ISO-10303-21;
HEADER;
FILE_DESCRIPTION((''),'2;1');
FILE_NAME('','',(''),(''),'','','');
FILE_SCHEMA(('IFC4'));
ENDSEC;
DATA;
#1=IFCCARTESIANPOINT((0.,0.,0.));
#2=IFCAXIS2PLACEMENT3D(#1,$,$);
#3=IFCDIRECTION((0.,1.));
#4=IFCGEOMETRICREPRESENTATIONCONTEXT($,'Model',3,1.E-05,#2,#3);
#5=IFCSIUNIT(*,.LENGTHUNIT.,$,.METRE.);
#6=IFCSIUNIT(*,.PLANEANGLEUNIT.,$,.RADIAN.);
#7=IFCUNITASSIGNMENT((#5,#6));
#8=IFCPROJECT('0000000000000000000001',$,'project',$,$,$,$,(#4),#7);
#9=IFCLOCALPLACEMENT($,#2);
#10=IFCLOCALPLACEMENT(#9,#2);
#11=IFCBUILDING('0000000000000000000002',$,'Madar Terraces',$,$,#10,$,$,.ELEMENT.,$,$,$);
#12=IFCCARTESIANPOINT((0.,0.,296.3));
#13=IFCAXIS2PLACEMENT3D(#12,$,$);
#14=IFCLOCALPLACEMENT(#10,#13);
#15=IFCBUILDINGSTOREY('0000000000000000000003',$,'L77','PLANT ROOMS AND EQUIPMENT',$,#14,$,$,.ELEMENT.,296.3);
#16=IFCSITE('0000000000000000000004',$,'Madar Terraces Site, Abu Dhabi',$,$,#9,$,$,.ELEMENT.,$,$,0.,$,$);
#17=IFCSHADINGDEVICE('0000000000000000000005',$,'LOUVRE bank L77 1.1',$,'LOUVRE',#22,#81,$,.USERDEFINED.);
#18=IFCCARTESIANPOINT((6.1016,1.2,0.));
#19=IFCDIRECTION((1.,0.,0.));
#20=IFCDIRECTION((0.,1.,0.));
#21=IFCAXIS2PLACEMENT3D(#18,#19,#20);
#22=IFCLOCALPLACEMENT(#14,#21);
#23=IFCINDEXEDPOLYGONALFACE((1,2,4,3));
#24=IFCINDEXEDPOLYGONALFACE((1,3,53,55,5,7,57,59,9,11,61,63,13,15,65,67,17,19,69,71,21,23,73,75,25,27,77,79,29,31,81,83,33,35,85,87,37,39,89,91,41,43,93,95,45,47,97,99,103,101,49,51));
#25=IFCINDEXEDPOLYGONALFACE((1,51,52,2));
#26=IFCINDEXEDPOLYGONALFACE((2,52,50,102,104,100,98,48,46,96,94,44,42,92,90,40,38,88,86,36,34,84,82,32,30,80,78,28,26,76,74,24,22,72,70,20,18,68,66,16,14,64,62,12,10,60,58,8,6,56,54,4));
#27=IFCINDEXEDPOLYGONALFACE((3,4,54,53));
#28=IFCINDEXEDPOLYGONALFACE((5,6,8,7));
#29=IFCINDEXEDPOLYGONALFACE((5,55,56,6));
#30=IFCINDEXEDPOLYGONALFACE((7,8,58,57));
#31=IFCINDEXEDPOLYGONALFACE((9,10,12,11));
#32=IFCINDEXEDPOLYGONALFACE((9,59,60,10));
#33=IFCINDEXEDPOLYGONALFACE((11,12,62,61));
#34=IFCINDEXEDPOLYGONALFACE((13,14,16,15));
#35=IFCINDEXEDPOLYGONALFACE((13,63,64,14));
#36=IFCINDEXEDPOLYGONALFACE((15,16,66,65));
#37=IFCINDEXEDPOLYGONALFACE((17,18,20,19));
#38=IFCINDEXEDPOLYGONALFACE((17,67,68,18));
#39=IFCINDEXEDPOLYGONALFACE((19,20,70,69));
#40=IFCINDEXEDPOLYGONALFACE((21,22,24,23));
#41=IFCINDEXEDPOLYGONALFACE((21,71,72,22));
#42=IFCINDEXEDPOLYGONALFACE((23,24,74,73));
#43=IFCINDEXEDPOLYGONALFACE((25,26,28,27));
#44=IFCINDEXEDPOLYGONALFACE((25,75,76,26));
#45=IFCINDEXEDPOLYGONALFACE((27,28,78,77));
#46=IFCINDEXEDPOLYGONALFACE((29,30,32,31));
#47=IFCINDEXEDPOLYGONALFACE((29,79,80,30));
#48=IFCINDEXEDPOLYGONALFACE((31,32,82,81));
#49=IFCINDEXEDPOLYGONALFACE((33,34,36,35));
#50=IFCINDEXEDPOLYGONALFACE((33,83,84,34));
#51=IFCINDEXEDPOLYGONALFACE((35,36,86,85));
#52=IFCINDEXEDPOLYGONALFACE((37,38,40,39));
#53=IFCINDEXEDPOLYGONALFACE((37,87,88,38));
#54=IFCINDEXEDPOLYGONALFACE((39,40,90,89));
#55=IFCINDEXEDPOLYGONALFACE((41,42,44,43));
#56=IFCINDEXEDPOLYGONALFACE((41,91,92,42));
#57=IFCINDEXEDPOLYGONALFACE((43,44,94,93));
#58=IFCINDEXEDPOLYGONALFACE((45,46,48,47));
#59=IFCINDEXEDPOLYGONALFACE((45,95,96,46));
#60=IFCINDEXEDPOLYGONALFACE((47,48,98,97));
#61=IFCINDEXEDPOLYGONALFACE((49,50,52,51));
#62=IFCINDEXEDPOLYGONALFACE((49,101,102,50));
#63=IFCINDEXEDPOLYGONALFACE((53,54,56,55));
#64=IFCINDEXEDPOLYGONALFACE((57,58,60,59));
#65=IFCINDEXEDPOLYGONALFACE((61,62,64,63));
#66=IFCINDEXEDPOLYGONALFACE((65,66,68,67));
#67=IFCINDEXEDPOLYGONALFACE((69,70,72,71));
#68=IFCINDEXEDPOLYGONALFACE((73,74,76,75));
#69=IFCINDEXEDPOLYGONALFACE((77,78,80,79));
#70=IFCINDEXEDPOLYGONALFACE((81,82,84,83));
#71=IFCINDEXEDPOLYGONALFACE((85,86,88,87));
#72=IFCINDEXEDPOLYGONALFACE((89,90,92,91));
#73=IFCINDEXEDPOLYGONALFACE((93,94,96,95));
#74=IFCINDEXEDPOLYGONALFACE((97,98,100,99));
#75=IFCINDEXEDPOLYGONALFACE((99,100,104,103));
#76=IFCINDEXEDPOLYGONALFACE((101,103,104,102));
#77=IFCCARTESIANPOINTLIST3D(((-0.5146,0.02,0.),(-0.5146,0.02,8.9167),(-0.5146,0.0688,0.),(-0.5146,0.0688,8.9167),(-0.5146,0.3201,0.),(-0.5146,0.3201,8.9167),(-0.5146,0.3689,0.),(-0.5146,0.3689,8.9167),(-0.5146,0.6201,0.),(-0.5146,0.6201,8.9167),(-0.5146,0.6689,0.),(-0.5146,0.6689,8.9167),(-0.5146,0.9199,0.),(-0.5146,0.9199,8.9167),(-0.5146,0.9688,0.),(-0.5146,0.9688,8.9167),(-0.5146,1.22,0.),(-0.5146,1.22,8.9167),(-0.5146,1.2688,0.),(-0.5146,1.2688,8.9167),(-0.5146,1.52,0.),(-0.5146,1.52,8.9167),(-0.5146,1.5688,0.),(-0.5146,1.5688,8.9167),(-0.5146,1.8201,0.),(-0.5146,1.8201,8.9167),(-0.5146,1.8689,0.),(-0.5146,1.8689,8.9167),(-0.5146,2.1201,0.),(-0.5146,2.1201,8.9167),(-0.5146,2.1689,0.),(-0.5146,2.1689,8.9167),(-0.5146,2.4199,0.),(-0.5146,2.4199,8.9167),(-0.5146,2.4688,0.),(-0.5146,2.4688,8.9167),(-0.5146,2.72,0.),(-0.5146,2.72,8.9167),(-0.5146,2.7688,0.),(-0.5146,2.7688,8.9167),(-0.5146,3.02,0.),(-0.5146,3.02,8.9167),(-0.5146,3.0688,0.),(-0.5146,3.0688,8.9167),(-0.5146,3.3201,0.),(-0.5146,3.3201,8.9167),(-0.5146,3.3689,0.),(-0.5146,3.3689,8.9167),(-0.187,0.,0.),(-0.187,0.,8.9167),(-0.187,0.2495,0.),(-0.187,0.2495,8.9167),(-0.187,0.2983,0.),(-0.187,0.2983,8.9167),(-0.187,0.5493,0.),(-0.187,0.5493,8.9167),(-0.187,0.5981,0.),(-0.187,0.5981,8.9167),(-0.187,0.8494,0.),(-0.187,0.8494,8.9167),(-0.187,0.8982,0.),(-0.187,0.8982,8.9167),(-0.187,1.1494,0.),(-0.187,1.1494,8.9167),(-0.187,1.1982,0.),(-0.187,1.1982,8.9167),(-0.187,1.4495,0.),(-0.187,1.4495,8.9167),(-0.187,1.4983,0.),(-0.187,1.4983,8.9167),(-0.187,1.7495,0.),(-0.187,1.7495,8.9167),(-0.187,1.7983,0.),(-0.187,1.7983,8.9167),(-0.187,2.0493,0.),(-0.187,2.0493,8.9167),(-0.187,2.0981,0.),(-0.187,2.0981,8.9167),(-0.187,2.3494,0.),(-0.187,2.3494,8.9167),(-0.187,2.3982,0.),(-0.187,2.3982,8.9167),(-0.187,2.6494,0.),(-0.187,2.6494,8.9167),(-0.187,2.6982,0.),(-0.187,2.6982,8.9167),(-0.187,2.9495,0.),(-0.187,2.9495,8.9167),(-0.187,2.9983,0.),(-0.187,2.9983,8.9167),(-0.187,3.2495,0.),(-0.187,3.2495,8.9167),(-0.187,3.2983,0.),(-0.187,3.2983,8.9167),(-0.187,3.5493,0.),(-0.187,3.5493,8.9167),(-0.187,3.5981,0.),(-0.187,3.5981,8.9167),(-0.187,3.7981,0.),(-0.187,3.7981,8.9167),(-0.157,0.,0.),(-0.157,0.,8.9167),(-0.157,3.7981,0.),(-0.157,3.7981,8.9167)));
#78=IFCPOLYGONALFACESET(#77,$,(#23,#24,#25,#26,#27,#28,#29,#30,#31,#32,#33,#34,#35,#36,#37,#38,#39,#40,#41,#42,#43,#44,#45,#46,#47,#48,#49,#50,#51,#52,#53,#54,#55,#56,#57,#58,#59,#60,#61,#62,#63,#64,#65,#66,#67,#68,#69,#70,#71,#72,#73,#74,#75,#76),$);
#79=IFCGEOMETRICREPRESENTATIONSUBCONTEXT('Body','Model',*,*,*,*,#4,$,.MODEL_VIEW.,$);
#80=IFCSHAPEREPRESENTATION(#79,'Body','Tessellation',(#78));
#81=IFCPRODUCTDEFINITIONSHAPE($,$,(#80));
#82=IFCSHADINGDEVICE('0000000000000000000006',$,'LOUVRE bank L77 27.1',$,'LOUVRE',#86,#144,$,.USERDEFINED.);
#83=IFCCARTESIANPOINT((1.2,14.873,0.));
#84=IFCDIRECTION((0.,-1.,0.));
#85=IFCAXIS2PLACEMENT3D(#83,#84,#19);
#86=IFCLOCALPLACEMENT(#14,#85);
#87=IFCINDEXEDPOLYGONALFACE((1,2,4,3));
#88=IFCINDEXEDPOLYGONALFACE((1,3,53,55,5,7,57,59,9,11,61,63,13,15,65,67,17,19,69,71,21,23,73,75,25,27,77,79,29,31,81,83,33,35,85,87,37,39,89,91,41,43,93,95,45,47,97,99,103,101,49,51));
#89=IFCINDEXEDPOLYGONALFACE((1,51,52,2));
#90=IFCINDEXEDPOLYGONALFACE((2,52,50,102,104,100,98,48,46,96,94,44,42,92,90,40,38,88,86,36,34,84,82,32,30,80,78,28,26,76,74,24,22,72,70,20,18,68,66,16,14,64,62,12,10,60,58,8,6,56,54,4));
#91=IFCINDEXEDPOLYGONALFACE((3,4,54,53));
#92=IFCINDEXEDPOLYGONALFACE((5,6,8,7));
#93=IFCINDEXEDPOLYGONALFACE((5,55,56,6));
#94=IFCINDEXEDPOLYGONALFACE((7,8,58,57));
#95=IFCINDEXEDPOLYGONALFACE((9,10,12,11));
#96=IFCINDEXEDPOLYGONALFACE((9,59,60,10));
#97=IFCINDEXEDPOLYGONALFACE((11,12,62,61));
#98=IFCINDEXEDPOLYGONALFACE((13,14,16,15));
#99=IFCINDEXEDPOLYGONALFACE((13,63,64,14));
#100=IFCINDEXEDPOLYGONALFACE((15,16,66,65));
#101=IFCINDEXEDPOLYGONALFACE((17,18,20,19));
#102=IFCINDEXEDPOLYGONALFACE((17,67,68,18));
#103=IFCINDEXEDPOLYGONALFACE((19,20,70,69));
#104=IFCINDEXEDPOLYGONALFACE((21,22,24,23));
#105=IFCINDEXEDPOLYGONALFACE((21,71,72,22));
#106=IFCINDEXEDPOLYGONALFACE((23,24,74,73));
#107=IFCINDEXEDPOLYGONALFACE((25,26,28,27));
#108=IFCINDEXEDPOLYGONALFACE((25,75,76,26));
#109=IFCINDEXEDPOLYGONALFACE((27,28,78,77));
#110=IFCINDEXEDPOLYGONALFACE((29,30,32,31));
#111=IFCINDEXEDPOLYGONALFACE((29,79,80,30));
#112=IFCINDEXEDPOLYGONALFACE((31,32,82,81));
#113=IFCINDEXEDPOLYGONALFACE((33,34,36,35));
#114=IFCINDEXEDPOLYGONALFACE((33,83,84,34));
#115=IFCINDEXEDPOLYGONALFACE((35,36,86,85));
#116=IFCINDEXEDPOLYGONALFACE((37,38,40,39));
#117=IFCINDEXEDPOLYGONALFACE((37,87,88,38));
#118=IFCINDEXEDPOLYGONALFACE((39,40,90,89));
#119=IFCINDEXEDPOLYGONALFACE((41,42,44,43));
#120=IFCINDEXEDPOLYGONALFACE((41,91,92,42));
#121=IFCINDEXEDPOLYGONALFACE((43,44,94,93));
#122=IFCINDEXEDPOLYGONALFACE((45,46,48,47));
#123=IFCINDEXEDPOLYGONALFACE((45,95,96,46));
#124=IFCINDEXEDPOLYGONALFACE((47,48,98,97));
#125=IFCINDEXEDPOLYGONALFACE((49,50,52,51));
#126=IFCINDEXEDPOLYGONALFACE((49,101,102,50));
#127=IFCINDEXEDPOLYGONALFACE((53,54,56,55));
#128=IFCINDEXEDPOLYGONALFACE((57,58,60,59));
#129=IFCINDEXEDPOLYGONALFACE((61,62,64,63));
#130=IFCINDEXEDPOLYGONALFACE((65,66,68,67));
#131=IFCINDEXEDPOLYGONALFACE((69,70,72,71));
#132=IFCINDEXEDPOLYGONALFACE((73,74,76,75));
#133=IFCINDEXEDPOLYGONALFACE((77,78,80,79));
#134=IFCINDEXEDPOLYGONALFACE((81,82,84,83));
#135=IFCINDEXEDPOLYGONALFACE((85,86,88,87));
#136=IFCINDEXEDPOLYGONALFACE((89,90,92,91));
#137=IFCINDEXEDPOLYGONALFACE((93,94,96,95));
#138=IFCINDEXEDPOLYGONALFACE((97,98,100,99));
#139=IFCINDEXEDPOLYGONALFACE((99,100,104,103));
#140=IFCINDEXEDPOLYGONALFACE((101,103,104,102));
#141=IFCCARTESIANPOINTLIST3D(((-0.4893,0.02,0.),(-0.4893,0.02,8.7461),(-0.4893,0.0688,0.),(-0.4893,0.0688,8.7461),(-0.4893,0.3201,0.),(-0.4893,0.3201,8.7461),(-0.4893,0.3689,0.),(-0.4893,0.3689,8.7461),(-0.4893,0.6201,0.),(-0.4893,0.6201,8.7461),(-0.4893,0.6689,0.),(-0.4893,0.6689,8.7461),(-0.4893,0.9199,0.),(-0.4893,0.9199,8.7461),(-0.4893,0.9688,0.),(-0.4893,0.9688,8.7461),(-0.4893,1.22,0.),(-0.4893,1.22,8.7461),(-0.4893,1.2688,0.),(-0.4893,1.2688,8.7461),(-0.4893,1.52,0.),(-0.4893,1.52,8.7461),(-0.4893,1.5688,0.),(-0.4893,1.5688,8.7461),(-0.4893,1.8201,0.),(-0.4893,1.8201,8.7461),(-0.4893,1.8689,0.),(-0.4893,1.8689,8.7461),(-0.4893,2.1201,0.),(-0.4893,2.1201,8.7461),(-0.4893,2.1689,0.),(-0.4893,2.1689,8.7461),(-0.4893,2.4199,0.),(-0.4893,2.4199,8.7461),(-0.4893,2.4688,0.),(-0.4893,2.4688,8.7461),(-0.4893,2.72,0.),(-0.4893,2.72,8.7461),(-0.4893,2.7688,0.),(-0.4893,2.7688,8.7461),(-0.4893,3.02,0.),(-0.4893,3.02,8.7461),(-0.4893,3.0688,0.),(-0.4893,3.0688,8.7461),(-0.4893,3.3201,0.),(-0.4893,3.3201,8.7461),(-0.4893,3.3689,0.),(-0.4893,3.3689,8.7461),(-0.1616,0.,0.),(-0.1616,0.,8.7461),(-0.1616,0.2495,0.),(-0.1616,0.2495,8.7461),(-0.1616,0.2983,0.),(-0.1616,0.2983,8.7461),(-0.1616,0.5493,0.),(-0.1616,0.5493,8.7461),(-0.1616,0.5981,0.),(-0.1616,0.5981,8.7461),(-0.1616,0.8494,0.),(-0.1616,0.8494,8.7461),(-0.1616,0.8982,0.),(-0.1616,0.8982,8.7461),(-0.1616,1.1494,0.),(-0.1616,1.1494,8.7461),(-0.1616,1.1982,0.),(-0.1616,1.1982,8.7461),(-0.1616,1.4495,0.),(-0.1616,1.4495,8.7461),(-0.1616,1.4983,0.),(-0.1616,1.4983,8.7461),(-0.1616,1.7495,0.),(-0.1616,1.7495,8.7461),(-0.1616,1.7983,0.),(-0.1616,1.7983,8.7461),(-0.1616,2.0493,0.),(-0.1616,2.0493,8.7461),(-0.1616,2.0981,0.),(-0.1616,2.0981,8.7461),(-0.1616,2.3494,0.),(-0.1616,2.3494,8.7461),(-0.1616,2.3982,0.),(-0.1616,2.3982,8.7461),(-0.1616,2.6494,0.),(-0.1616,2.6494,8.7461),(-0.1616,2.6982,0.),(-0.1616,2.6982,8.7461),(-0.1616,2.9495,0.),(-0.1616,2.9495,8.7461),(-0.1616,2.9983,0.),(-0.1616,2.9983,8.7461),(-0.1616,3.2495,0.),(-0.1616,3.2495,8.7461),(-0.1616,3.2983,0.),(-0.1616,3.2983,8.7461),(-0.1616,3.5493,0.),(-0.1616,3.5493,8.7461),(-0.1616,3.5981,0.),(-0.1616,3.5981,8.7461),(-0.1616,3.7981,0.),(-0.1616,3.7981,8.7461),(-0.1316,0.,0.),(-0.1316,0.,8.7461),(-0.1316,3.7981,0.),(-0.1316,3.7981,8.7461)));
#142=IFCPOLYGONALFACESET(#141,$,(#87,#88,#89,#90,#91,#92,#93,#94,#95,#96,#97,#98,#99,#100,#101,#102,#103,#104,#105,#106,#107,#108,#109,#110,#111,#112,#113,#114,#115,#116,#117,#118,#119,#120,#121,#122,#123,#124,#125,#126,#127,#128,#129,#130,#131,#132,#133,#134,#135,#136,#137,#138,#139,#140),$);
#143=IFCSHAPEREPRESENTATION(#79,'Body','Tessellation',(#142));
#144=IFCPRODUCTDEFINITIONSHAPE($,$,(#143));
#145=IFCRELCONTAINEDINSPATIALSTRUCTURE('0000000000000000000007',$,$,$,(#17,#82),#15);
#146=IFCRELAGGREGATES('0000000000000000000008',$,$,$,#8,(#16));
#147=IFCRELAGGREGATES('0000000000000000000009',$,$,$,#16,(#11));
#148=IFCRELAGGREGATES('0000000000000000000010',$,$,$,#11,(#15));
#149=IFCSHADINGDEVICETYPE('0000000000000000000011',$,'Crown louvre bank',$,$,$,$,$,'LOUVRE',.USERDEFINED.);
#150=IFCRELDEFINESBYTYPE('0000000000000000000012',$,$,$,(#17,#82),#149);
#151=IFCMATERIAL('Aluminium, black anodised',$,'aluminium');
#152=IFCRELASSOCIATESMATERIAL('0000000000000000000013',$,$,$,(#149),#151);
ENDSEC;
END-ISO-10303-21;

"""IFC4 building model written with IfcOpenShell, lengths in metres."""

from ifc_helpers import new_model, si_unit, direction, frame, origin, place, context, subcontext, project, spatial, polyline, outline, extrude, material, type_object, element, save


model = new_model("IFC4")

# Units and contexts
model_context = context("Model", 3, precision=1e-05, world=origin(), true_north=direction((0.0, 1.0)))
body_context = subcontext(model_context, "Body", "Model", "MODEL_VIEW")
ifc_project = project(units=[si_unit("LENGTHUNIT", "METRE"), si_unit("PLANEANGLEUNIT", "RADIAN")], contexts=[model_context])

# Site, building, storey
site_placement = place(None, origin())
site = spatial("IfcSite", under=ifc_project, at=site_placement, Name="Madar Terraces Site, Abu Dhabi", CompositionType="ELEMENT", RefElevation=0.0)
building_placement = place(site_placement, origin())
building = spatial("IfcBuilding", under=site, at=building_placement, Name="Madar Terraces", CompositionType="ELEMENT")
storey_placement = place(building_placement, frame((0.0, 0.0, 296.3)))
storey = spatial("IfcBuildingStorey", under=building, at=storey_placement, Name="L77", Description="PLANT ROOMS AND EQUIPMENT", CompositionType="ELEMENT", Elevation=296.3)

# Shading devices
ifc_material_1 = material(Name="Aluminium, black anodised", Category="aluminium")
shading_device_type = type_object("IfcShadingDeviceType", Name="Crown louvre bank", ElementType="LOUVRE", PredefinedType="USERDEFINED", material=ifc_material_1)
shading_device_1_placement = place(storey_placement, frame((6.1016, 1.2, 0.0), z_axis=(1.0, 0.0, 0.0), x_axis=(0.0, 1.0, 0.0)))
element("IfcShadingDevice", 1, at=shading_device_1_placement, inside=storey, type_object=shading_device_type, Name="LOUVRE bank L77 1.1", ObjectType="LOUVRE", PredefinedType="USERDEFINED", context=body_context, shape_type="SweptSolid", body=[
    extrude(outline(polyline([(-0.157, 0.0), (-0.187, 0.0), (-0.187, 0.2495), (-0.5146, 0.02), (-0.5146, 0.0688), (-0.187, 0.2983), (-0.187, 0.5493), (-0.5146, 0.3201), (-0.5146, 0.3689), (-0.187, 0.5981), (-0.187, 0.8494), (-0.5146, 0.6201), (-0.5146, 0.6689), (-0.187, 0.8982), (-0.187, 1.1494), (-0.5146, 0.9199), (-0.5146, 0.9688), (-0.187, 1.1982), (-0.187, 1.4495), (-0.5146, 1.22), (-0.5146, 1.2688), (-0.187, 1.4983), (-0.187, 1.7495), (-0.5146, 1.52), (-0.5146, 1.5688), (-0.187, 1.7983), (-0.187, 2.0493), (-0.5146, 1.8201), (-0.5146, 1.8689), (-0.187, 2.0981), (-0.187, 2.3494), (-0.5146, 2.1201), (-0.5146, 2.1689), (-0.187, 2.3982), (-0.187, 2.6494), (-0.5146, 2.4199), (-0.5146, 2.4688), (-0.187, 2.6982), (-0.187, 2.9495), (-0.5146, 2.72), (-0.5146, 2.7688), (-0.187, 2.9983), (-0.187, 3.2495), (-0.5146, 3.02), (-0.5146, 3.0688), (-0.187, 3.2983), (-0.187, 3.5493), (-0.5146, 3.3201), (-0.5146, 3.3689), (-0.187, 3.5981), (-0.187, 3.7981), (-0.157, 3.7981), (-0.157, 0.0)])), origin(), (0.0, 0.0, 1.0), 8.9167),
])
shading_device_2_placement = place(storey_placement, frame((1.2, 14.873, 0.0), z_axis=(0.0, -1.0, 0.0), x_axis=(1.0, 0.0, 0.0)))
element("IfcShadingDevice", 2, at=shading_device_2_placement, inside=storey, type_object=shading_device_type, Name="LOUVRE bank L77 27.1", ObjectType="LOUVRE", PredefinedType="USERDEFINED", context=body_context, shape_type="SweptSolid", body=[
    extrude(outline(polyline([(-0.1316, 0.0), (-0.1616, 0.0), (-0.1616, 0.2495), (-0.4893, 0.02), (-0.4893, 0.0688), (-0.1616, 0.2983), (-0.1616, 0.5493), (-0.4893, 0.3201), (-0.4893, 0.3689), (-0.1616, 0.5981), (-0.1616, 0.8494), (-0.4893, 0.6201), (-0.4893, 0.6689), (-0.1616, 0.8982), (-0.1616, 1.1494), (-0.4893, 0.9199), (-0.4893, 0.9688), (-0.1616, 1.1982), (-0.1616, 1.4495), (-0.4893, 1.22), (-0.4893, 1.2688), (-0.1616, 1.4983), (-0.1616, 1.7495), (-0.4893, 1.52), (-0.4893, 1.5688), (-0.1616, 1.7983), (-0.1616, 2.0493), (-0.4893, 1.8201), (-0.4893, 1.8689), (-0.1616, 2.0981), (-0.1616, 2.3494), (-0.4893, 2.1201), (-0.4893, 2.1689), (-0.1616, 2.3982), (-0.1616, 2.6494), (-0.4893, 2.4199), (-0.4893, 2.4688), (-0.1616, 2.6982), (-0.1616, 2.9495), (-0.4893, 2.72), (-0.4893, 2.7688), (-0.1616, 2.9983), (-0.1616, 3.2495), (-0.4893, 3.02), (-0.4893, 3.0688), (-0.1616, 3.2983), (-0.1616, 3.5493), (-0.4893, 3.3201), (-0.4893, 3.3689), (-0.1616, 3.5981), (-0.1616, 3.7981), (-0.1316, 3.7981), (-0.1316, 0.0)])), origin(), (0.0, 0.0, 1.0), 8.7461),
])

save(model, "model.ifc")
